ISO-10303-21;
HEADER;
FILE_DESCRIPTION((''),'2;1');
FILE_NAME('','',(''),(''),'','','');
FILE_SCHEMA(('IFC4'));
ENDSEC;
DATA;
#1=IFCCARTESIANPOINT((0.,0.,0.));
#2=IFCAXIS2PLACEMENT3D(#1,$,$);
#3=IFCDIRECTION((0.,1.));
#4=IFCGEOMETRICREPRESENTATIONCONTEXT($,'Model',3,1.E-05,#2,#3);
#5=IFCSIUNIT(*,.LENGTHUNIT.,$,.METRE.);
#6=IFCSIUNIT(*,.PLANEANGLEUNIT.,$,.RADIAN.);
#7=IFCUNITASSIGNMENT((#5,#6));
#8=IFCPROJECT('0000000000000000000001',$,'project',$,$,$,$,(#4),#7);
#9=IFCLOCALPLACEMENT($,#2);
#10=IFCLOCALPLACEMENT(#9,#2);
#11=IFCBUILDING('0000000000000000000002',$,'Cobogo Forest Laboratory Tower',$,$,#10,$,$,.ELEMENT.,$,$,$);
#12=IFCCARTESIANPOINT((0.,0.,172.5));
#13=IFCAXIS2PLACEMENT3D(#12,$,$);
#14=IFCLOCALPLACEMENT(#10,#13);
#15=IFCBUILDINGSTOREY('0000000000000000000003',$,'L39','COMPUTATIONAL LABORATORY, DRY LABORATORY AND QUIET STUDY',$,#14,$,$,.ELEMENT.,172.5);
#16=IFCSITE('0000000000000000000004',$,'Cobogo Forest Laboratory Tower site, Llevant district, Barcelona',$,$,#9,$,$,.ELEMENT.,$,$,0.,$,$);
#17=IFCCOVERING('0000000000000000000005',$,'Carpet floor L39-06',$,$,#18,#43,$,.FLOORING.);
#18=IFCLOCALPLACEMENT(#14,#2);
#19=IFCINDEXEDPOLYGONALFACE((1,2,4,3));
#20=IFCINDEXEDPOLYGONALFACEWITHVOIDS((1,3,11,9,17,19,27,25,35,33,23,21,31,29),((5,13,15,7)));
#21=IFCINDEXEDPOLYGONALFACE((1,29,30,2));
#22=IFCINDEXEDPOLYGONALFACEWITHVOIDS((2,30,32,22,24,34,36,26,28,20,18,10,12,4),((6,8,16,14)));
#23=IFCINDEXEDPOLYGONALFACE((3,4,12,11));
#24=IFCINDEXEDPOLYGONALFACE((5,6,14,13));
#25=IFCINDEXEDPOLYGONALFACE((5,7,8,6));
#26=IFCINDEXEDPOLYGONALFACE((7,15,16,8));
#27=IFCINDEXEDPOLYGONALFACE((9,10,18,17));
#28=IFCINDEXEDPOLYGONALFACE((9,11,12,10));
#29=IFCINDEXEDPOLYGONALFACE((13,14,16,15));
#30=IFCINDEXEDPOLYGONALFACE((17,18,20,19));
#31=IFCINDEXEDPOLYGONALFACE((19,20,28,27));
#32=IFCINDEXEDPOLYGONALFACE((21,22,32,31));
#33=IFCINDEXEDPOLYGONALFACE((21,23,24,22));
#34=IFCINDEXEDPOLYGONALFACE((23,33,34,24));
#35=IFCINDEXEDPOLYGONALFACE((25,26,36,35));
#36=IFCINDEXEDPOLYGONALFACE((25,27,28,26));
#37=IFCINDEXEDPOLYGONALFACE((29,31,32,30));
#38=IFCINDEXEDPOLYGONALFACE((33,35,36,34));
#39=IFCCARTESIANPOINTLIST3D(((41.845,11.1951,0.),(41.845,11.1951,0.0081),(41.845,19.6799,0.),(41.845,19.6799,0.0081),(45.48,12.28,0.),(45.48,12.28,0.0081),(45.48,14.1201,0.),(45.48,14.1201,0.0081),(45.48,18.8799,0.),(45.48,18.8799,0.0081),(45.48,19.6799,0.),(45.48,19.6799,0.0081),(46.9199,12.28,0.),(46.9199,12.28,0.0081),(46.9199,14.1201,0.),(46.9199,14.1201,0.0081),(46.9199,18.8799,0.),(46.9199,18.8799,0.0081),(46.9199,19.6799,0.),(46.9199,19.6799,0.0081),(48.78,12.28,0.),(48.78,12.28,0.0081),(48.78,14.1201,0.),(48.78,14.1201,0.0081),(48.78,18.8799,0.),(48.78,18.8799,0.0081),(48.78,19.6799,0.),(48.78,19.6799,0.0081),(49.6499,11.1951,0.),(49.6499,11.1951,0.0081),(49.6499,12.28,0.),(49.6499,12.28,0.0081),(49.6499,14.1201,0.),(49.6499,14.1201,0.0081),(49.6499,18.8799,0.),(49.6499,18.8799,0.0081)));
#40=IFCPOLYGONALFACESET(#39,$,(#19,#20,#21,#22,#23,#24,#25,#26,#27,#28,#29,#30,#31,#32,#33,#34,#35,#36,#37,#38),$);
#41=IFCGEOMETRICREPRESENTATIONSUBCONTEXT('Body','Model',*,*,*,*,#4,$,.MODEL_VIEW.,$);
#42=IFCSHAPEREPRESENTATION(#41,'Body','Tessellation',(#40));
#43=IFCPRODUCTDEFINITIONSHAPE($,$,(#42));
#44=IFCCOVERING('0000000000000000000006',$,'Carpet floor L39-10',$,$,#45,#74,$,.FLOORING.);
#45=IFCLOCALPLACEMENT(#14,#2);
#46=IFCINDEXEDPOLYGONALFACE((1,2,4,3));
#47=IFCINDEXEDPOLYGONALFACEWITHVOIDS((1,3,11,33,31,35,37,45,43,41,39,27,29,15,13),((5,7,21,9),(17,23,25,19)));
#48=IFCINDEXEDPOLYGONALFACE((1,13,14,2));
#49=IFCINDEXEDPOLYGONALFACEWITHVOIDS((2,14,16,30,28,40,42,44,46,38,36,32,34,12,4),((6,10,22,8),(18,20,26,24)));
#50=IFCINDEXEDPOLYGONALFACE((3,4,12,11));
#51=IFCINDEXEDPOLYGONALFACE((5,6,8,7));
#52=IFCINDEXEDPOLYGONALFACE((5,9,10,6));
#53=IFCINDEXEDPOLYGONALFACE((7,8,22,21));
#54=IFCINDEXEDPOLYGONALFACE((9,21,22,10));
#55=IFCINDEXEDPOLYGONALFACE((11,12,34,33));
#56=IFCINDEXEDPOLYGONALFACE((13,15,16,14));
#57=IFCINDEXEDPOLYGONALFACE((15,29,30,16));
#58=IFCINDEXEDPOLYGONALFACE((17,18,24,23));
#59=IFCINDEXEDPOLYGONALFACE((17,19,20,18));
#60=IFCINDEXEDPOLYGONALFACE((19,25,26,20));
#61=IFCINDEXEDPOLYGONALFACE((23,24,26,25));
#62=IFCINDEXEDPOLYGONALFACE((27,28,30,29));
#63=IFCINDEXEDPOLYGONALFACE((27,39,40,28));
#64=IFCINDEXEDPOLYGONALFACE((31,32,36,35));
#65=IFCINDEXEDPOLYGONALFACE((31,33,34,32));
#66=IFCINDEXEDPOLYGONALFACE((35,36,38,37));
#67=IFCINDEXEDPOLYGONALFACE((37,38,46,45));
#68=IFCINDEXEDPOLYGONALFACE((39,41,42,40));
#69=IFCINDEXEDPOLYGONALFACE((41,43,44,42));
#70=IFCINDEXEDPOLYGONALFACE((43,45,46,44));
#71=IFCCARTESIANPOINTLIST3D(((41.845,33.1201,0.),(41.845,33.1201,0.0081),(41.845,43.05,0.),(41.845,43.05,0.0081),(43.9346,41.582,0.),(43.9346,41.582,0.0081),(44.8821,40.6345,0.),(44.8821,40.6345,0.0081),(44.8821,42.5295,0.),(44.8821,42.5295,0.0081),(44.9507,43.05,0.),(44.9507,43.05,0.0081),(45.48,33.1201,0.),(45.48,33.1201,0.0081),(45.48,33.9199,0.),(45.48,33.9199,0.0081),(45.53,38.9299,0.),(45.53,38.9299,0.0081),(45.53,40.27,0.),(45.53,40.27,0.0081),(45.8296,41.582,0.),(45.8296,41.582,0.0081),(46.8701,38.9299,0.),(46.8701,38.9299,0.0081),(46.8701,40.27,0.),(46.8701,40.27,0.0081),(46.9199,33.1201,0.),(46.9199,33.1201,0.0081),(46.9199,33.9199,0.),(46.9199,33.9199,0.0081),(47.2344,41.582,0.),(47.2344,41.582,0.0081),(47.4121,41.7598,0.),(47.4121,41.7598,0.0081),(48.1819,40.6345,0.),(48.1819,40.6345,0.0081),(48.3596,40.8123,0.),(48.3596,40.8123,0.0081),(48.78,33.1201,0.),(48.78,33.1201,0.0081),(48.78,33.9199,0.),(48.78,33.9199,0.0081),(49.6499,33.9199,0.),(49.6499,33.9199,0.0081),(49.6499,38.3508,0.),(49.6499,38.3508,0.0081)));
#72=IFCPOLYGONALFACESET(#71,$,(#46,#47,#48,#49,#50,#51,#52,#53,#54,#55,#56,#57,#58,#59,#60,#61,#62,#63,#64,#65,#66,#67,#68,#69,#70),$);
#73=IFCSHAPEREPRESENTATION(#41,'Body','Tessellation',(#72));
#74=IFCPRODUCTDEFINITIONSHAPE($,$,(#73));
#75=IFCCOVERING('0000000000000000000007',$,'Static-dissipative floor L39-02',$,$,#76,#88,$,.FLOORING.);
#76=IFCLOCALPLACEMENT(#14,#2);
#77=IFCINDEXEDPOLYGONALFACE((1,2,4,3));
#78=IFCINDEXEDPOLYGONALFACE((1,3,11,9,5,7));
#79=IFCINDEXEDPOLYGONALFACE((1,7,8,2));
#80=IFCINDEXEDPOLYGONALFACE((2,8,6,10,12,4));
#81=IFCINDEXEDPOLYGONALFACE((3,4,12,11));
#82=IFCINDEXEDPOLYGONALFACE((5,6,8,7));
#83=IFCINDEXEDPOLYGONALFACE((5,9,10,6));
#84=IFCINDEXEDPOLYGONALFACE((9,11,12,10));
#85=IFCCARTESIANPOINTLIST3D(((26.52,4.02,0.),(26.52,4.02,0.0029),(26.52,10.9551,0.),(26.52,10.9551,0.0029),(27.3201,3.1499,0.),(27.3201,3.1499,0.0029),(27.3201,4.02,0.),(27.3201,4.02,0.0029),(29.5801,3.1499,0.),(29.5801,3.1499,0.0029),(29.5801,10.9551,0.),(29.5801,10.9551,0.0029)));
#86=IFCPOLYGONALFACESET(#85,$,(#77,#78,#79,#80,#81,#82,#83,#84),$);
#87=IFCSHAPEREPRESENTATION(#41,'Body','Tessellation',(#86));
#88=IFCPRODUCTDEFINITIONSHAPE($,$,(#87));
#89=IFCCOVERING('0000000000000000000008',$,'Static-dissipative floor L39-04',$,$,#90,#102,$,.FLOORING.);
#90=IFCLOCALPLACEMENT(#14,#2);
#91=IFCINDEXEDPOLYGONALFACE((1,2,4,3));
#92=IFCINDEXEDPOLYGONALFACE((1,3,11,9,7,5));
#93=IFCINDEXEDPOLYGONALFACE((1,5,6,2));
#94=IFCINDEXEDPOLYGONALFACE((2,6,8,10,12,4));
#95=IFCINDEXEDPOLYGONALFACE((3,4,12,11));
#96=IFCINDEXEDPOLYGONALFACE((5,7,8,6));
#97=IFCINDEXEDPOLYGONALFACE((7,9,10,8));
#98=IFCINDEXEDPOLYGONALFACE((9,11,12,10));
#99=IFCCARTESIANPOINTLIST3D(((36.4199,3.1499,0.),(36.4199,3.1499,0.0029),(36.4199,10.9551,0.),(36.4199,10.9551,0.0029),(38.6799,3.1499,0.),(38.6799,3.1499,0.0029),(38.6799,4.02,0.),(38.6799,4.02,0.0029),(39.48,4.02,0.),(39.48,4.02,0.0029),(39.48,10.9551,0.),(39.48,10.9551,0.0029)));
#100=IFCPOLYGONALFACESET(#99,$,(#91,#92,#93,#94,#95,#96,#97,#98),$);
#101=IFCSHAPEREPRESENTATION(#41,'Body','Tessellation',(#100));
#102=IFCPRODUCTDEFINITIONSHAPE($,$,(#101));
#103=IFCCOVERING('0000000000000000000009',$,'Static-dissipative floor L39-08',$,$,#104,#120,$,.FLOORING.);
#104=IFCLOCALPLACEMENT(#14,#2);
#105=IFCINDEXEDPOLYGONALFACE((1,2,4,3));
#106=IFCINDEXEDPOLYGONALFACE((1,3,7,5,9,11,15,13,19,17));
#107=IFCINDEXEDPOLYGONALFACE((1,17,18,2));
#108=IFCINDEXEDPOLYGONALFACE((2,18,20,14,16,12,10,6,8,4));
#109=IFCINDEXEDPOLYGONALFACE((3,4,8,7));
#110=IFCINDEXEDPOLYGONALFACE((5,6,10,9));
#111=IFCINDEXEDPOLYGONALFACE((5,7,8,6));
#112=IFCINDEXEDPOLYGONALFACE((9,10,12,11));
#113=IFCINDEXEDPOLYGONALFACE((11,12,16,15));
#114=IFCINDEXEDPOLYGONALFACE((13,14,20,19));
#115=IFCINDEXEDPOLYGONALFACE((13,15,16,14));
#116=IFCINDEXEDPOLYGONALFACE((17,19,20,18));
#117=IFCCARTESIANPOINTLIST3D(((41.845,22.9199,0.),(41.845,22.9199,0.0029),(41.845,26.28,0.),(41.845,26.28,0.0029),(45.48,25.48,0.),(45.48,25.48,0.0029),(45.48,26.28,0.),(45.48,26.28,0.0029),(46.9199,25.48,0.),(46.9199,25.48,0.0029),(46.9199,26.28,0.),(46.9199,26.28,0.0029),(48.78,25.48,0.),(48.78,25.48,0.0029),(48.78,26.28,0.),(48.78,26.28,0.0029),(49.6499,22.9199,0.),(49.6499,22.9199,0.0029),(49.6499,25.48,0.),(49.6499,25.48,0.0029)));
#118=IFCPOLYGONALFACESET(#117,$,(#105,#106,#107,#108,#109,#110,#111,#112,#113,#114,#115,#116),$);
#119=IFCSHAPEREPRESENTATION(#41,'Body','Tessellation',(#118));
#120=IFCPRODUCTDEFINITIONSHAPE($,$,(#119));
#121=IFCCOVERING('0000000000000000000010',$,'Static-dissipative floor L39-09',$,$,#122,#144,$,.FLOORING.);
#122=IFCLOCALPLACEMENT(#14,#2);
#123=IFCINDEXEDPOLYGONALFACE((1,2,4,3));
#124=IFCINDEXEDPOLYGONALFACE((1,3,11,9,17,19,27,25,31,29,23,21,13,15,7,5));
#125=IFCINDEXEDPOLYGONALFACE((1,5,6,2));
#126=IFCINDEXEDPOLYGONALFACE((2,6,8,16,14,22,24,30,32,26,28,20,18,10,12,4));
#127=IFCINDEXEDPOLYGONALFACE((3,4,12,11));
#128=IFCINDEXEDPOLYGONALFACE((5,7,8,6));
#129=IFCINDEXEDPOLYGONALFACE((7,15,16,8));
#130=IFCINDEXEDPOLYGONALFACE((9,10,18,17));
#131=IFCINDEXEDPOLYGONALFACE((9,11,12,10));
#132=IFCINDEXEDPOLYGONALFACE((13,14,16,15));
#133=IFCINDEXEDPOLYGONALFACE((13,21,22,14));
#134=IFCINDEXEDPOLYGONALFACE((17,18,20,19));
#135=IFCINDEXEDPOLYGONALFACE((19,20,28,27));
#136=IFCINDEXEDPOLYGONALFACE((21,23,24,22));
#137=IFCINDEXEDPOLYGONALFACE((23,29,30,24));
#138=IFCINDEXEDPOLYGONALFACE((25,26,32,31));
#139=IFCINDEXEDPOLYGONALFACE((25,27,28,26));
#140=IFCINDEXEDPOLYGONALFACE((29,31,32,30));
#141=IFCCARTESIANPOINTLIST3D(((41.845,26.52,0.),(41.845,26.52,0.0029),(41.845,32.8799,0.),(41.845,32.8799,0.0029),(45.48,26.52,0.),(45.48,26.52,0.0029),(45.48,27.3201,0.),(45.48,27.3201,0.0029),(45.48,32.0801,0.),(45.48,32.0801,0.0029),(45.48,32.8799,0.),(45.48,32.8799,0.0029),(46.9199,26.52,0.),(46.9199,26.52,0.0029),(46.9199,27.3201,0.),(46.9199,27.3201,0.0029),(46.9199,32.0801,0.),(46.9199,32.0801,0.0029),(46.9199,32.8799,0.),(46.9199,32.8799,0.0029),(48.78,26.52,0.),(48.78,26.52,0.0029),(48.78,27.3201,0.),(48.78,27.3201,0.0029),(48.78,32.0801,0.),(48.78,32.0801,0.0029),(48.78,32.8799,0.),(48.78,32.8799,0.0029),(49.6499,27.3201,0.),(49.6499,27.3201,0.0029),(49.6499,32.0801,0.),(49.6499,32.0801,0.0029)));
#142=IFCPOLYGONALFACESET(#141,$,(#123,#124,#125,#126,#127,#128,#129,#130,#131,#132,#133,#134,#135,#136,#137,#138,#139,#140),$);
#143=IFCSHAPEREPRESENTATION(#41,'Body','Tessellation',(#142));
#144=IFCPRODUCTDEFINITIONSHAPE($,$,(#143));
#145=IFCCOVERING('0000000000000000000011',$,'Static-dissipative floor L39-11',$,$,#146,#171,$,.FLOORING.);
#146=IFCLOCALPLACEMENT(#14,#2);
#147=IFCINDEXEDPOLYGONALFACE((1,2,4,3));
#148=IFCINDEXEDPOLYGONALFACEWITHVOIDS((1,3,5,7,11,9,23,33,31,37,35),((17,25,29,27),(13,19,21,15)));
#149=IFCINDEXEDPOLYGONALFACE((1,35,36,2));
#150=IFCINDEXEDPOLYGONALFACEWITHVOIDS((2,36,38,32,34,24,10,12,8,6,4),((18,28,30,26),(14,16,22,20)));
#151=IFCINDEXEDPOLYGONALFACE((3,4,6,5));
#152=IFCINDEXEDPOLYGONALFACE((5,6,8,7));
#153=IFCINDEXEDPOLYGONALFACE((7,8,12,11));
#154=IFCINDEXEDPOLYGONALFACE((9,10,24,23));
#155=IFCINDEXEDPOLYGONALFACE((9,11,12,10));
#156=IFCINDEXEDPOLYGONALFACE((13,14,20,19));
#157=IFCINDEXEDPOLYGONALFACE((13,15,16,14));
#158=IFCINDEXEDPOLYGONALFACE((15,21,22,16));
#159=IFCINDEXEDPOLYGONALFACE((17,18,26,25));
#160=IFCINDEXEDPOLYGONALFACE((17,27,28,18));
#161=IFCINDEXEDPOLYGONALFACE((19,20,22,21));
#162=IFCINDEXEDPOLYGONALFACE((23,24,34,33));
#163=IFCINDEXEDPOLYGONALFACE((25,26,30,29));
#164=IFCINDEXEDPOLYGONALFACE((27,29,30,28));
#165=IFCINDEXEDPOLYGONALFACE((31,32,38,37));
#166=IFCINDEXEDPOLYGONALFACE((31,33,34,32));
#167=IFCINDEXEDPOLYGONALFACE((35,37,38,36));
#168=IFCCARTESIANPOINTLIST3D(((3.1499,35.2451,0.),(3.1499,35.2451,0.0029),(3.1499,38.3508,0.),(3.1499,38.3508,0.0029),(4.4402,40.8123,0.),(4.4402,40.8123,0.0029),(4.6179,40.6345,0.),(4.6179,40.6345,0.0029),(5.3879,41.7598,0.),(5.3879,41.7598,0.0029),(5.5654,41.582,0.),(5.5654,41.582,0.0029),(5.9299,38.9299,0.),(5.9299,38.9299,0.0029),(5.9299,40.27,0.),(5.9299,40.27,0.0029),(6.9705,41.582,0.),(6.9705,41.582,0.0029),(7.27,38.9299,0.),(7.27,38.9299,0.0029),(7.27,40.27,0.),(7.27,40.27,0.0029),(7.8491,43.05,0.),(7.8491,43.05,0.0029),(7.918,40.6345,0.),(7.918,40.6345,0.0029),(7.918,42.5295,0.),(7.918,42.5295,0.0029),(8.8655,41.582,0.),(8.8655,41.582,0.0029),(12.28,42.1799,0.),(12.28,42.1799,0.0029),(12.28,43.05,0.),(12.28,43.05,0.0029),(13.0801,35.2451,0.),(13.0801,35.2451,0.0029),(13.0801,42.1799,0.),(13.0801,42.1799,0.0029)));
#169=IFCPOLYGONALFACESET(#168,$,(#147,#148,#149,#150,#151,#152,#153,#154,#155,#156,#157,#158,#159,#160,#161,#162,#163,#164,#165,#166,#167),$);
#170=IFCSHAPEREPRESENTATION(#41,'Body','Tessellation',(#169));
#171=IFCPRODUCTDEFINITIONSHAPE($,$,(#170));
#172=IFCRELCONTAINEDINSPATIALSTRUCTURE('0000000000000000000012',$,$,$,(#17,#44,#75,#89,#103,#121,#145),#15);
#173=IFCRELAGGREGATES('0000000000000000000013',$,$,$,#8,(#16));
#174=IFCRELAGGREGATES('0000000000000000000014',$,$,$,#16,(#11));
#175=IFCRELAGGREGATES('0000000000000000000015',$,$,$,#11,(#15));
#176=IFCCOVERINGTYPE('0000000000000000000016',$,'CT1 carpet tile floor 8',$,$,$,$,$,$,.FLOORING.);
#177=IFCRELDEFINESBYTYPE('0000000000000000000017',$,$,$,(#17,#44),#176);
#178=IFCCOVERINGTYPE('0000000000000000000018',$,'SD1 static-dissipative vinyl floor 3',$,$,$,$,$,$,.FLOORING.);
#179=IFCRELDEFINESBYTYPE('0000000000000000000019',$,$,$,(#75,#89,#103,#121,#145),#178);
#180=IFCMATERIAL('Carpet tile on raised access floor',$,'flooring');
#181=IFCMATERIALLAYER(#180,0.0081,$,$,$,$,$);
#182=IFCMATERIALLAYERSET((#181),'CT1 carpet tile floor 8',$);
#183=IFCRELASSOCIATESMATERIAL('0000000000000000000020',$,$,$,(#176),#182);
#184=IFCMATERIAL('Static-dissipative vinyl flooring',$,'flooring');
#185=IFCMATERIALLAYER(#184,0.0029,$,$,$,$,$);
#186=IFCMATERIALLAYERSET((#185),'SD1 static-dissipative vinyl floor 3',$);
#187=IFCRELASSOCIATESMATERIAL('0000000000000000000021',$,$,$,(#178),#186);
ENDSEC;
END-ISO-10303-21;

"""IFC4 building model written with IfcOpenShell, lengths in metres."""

from ifc_helpers import new_model, si_unit, direction, frame, origin, place, context, subcontext, project, spatial, polyline, outline, extrude, material, layer, layer_set, type_object, element, save


model = new_model("IFC4")

# Units and contexts
model_context = context("Model", 3, precision=1e-05, world=origin(), true_north=direction((0.0, 1.0)))
body_context = subcontext(model_context, "Body", "Model", "MODEL_VIEW")
ifc_project = project(units=[si_unit("LENGTHUNIT", "METRE"), si_unit("PLANEANGLEUNIT", "RADIAN")], contexts=[model_context])

# Site, building, storey
site_placement = place(None, origin())
site = spatial("IfcSite", under=ifc_project, at=site_placement, Name="Cobogo Forest Laboratory Tower site, Llevant district, Barcelona", CompositionType="ELEMENT", RefElevation=0.0)
building_placement = place(site_placement, origin())
building = spatial("IfcBuilding", under=site, at=building_placement, Name="Cobogo Forest Laboratory Tower", CompositionType="ELEMENT")
storey_placement = place(building_placement, frame((0.0, 0.0, 172.5)))
storey = spatial("IfcBuildingStorey", under=building, at=storey_placement, Name="L39", Description="COMPUTATIONAL LABORATORY, DRY LABORATORY AND QUIET STUDY", CompositionType="ELEMENT", Elevation=172.5)

# Coverings
ifc_material_1 = material(Name="Carpet tile on raised access floor", Category="flooring")
ifc_layer_1 = layer(ifc_material_1, 0.0081)
ifc_layer_set_1 = layer_set([ifc_layer_1], Name="CT1 carpet tile floor 8")
covering_type_1 = type_object("IfcCoveringType", Name="CT1 carpet tile floor 8", PredefinedType="FLOORING", material=ifc_layer_set_1)
covering_1_placement = place(storey_placement, origin())
element("IfcCovering", 1, at=covering_1_placement, inside=storey, type_object=covering_type_1, Name="Carpet floor L39-06", PredefinedType="FLOORING", context=body_context, shape_type="SweptSolid", body=[
    extrude(outline(polyline([(41.845, 19.6799), (45.48, 19.6799), (45.48, 18.8799), (46.9199, 18.8799), (46.9199, 19.6799), (48.78, 19.6799), (48.78, 18.8799), (49.6499, 18.8799), (49.6499, 14.1201), (48.78, 14.1201), (48.78, 12.28), (49.6499, 12.28), (49.6499, 11.1951), (41.845, 11.1951), (41.845, 19.6799)]), holes=[polyline([(46.9199, 12.28), (46.9199, 14.1201), (45.48, 14.1201), (45.48, 12.28), (46.9199, 12.28)])]), origin(), (0.0, 0.0, 1.0), 0.0081),
])
covering_2_placement = place(storey_placement, origin())
element("IfcCovering", 2, at=covering_2_placement, inside=storey, type_object=covering_type_1, Name="Carpet floor L39-10", PredefinedType="FLOORING", context=body_context, shape_type="SweptSolid", body=[
    extrude(outline(polyline([(41.845, 43.05), (44.9507, 43.05), (47.4121, 41.7598), (47.2344, 41.582), (48.1819, 40.6345), (48.3596, 40.8123), (49.6499, 38.3508), (49.6499, 33.9199), (48.78, 33.9199), (48.78, 33.1201), (46.9199, 33.1201), (46.9199, 33.9199), (45.48, 33.9199), (45.48, 33.1201), (41.845, 33.1201), (41.845, 43.05)]), holes=[polyline([(45.53, 40.27), (45.53, 38.9299), (46.8701, 38.9299), (46.8701, 40.27), (45.53, 40.27)]), polyline([(44.8821, 40.6345), (45.8296, 41.582), (44.8821, 42.5295), (43.9346, 41.582), (44.8821, 40.6345)])]), origin(), (0.0, 0.0, 1.0), 0.0081),
])
ifc_material_2 = material(Name="Static-dissipative vinyl flooring", Category="flooring")
ifc_layer_2 = layer(ifc_material_2, 0.0029)
ifc_layer_set_2 = layer_set([ifc_layer_2], Name="SD1 static-dissipative vinyl floor 3")
covering_type_2 = type_object("IfcCoveringType", Name="SD1 static-dissipative vinyl floor 3", PredefinedType="FLOORING", material=ifc_layer_set_2)
covering_3_placement = place(storey_placement, origin())
element("IfcCovering", 3, at=covering_3_placement, inside=storey, type_object=covering_type_2, Name="Static-dissipative floor L39-02", PredefinedType="FLOORING", context=body_context, shape_type="SweptSolid", body=[
    extrude(outline(polyline([(29.5801, 10.9551), (29.5801, 3.1499), (27.3201, 3.1499), (27.3201, 4.02), (26.52, 4.02), (26.52, 10.9551), (29.5801, 10.9551)])), origin(), (0.0, 0.0, 1.0), 0.0029),
])
covering_4_placement = place(storey_placement, origin())
element("IfcCovering", 4, at=covering_4_placement, inside=storey, type_object=covering_type_2, Name="Static-dissipative floor L39-04", PredefinedType="FLOORING", context=body_context, shape_type="SweptSolid", body=[
    extrude(outline(polyline([(39.48, 10.9551), (39.48, 4.02), (38.6799, 4.02), (38.6799, 3.1499), (36.4199, 3.1499), (36.4199, 10.9551), (39.48, 10.9551)])), origin(), (0.0, 0.0, 1.0), 0.0029),
])
covering_5_placement = place(storey_placement, origin())
element("IfcCovering", 5, at=covering_5_placement, inside=storey, type_object=covering_type_2, Name="Static-dissipative floor L39-08", PredefinedType="FLOORING", context=body_context, shape_type="SweptSolid", body=[
    extrude(outline(polyline([(41.845, 26.28), (45.48, 26.28), (45.48, 25.48), (46.9199, 25.48), (46.9199, 26.28), (48.78, 26.28), (48.78, 25.48), (49.6499, 25.48), (49.6499, 22.9199), (41.845, 22.9199), (41.845, 26.28)])), origin(), (0.0, 0.0, 1.0), 0.0029),
])
covering_6_placement = place(storey_placement, origin())
element("IfcCovering", 6, at=covering_6_placement, inside=storey, type_object=covering_type_2, Name="Static-dissipative floor L39-09", PredefinedType="FLOORING", context=body_context, shape_type="SweptSolid", body=[
    extrude(outline(polyline([(41.845, 32.8799), (45.48, 32.8799), (45.48, 32.0801), (46.9199, 32.0801), (46.9199, 32.8799), (48.78, 32.8799), (48.78, 32.0801), (49.6499, 32.0801), (49.6499, 27.3201), (48.78, 27.3201), (48.78, 26.52), (46.9199, 26.52), (46.9199, 27.3201), (45.48, 27.3201), (45.48, 26.52), (41.845, 26.52), (41.845, 32.8799)])), origin(), (0.0, 0.0, 1.0), 0.0029),
])
covering_7_placement = place(storey_placement, origin())
element("IfcCovering", 7, at=covering_7_placement, inside=storey, type_object=covering_type_2, Name="Static-dissipative floor L39-11", PredefinedType="FLOORING", context=body_context, shape_type="SweptSolid", body=[
    extrude(outline(polyline([(3.1499, 35.2451), (3.1499, 38.3508), (4.4402, 40.8123), (4.6179, 40.6345), (5.5654, 41.582), (5.3879, 41.7598), (7.8491, 43.05), (12.28, 43.05), (12.28, 42.1799), (13.0801, 42.1799), (13.0801, 35.2451), (3.1499, 35.2451)]), holes=[polyline([(7.918, 40.6345), (8.8655, 41.582), (7.918, 42.5295), (6.9705, 41.582), (7.918, 40.6345)]), polyline([(5.9299, 38.9299), (7.27, 38.9299), (7.27, 40.27), (5.9299, 40.27), (5.9299, 38.9299)])]), origin(), (0.0, 0.0, 1.0), 0.0029),
])

save(model, "model.ifc")
